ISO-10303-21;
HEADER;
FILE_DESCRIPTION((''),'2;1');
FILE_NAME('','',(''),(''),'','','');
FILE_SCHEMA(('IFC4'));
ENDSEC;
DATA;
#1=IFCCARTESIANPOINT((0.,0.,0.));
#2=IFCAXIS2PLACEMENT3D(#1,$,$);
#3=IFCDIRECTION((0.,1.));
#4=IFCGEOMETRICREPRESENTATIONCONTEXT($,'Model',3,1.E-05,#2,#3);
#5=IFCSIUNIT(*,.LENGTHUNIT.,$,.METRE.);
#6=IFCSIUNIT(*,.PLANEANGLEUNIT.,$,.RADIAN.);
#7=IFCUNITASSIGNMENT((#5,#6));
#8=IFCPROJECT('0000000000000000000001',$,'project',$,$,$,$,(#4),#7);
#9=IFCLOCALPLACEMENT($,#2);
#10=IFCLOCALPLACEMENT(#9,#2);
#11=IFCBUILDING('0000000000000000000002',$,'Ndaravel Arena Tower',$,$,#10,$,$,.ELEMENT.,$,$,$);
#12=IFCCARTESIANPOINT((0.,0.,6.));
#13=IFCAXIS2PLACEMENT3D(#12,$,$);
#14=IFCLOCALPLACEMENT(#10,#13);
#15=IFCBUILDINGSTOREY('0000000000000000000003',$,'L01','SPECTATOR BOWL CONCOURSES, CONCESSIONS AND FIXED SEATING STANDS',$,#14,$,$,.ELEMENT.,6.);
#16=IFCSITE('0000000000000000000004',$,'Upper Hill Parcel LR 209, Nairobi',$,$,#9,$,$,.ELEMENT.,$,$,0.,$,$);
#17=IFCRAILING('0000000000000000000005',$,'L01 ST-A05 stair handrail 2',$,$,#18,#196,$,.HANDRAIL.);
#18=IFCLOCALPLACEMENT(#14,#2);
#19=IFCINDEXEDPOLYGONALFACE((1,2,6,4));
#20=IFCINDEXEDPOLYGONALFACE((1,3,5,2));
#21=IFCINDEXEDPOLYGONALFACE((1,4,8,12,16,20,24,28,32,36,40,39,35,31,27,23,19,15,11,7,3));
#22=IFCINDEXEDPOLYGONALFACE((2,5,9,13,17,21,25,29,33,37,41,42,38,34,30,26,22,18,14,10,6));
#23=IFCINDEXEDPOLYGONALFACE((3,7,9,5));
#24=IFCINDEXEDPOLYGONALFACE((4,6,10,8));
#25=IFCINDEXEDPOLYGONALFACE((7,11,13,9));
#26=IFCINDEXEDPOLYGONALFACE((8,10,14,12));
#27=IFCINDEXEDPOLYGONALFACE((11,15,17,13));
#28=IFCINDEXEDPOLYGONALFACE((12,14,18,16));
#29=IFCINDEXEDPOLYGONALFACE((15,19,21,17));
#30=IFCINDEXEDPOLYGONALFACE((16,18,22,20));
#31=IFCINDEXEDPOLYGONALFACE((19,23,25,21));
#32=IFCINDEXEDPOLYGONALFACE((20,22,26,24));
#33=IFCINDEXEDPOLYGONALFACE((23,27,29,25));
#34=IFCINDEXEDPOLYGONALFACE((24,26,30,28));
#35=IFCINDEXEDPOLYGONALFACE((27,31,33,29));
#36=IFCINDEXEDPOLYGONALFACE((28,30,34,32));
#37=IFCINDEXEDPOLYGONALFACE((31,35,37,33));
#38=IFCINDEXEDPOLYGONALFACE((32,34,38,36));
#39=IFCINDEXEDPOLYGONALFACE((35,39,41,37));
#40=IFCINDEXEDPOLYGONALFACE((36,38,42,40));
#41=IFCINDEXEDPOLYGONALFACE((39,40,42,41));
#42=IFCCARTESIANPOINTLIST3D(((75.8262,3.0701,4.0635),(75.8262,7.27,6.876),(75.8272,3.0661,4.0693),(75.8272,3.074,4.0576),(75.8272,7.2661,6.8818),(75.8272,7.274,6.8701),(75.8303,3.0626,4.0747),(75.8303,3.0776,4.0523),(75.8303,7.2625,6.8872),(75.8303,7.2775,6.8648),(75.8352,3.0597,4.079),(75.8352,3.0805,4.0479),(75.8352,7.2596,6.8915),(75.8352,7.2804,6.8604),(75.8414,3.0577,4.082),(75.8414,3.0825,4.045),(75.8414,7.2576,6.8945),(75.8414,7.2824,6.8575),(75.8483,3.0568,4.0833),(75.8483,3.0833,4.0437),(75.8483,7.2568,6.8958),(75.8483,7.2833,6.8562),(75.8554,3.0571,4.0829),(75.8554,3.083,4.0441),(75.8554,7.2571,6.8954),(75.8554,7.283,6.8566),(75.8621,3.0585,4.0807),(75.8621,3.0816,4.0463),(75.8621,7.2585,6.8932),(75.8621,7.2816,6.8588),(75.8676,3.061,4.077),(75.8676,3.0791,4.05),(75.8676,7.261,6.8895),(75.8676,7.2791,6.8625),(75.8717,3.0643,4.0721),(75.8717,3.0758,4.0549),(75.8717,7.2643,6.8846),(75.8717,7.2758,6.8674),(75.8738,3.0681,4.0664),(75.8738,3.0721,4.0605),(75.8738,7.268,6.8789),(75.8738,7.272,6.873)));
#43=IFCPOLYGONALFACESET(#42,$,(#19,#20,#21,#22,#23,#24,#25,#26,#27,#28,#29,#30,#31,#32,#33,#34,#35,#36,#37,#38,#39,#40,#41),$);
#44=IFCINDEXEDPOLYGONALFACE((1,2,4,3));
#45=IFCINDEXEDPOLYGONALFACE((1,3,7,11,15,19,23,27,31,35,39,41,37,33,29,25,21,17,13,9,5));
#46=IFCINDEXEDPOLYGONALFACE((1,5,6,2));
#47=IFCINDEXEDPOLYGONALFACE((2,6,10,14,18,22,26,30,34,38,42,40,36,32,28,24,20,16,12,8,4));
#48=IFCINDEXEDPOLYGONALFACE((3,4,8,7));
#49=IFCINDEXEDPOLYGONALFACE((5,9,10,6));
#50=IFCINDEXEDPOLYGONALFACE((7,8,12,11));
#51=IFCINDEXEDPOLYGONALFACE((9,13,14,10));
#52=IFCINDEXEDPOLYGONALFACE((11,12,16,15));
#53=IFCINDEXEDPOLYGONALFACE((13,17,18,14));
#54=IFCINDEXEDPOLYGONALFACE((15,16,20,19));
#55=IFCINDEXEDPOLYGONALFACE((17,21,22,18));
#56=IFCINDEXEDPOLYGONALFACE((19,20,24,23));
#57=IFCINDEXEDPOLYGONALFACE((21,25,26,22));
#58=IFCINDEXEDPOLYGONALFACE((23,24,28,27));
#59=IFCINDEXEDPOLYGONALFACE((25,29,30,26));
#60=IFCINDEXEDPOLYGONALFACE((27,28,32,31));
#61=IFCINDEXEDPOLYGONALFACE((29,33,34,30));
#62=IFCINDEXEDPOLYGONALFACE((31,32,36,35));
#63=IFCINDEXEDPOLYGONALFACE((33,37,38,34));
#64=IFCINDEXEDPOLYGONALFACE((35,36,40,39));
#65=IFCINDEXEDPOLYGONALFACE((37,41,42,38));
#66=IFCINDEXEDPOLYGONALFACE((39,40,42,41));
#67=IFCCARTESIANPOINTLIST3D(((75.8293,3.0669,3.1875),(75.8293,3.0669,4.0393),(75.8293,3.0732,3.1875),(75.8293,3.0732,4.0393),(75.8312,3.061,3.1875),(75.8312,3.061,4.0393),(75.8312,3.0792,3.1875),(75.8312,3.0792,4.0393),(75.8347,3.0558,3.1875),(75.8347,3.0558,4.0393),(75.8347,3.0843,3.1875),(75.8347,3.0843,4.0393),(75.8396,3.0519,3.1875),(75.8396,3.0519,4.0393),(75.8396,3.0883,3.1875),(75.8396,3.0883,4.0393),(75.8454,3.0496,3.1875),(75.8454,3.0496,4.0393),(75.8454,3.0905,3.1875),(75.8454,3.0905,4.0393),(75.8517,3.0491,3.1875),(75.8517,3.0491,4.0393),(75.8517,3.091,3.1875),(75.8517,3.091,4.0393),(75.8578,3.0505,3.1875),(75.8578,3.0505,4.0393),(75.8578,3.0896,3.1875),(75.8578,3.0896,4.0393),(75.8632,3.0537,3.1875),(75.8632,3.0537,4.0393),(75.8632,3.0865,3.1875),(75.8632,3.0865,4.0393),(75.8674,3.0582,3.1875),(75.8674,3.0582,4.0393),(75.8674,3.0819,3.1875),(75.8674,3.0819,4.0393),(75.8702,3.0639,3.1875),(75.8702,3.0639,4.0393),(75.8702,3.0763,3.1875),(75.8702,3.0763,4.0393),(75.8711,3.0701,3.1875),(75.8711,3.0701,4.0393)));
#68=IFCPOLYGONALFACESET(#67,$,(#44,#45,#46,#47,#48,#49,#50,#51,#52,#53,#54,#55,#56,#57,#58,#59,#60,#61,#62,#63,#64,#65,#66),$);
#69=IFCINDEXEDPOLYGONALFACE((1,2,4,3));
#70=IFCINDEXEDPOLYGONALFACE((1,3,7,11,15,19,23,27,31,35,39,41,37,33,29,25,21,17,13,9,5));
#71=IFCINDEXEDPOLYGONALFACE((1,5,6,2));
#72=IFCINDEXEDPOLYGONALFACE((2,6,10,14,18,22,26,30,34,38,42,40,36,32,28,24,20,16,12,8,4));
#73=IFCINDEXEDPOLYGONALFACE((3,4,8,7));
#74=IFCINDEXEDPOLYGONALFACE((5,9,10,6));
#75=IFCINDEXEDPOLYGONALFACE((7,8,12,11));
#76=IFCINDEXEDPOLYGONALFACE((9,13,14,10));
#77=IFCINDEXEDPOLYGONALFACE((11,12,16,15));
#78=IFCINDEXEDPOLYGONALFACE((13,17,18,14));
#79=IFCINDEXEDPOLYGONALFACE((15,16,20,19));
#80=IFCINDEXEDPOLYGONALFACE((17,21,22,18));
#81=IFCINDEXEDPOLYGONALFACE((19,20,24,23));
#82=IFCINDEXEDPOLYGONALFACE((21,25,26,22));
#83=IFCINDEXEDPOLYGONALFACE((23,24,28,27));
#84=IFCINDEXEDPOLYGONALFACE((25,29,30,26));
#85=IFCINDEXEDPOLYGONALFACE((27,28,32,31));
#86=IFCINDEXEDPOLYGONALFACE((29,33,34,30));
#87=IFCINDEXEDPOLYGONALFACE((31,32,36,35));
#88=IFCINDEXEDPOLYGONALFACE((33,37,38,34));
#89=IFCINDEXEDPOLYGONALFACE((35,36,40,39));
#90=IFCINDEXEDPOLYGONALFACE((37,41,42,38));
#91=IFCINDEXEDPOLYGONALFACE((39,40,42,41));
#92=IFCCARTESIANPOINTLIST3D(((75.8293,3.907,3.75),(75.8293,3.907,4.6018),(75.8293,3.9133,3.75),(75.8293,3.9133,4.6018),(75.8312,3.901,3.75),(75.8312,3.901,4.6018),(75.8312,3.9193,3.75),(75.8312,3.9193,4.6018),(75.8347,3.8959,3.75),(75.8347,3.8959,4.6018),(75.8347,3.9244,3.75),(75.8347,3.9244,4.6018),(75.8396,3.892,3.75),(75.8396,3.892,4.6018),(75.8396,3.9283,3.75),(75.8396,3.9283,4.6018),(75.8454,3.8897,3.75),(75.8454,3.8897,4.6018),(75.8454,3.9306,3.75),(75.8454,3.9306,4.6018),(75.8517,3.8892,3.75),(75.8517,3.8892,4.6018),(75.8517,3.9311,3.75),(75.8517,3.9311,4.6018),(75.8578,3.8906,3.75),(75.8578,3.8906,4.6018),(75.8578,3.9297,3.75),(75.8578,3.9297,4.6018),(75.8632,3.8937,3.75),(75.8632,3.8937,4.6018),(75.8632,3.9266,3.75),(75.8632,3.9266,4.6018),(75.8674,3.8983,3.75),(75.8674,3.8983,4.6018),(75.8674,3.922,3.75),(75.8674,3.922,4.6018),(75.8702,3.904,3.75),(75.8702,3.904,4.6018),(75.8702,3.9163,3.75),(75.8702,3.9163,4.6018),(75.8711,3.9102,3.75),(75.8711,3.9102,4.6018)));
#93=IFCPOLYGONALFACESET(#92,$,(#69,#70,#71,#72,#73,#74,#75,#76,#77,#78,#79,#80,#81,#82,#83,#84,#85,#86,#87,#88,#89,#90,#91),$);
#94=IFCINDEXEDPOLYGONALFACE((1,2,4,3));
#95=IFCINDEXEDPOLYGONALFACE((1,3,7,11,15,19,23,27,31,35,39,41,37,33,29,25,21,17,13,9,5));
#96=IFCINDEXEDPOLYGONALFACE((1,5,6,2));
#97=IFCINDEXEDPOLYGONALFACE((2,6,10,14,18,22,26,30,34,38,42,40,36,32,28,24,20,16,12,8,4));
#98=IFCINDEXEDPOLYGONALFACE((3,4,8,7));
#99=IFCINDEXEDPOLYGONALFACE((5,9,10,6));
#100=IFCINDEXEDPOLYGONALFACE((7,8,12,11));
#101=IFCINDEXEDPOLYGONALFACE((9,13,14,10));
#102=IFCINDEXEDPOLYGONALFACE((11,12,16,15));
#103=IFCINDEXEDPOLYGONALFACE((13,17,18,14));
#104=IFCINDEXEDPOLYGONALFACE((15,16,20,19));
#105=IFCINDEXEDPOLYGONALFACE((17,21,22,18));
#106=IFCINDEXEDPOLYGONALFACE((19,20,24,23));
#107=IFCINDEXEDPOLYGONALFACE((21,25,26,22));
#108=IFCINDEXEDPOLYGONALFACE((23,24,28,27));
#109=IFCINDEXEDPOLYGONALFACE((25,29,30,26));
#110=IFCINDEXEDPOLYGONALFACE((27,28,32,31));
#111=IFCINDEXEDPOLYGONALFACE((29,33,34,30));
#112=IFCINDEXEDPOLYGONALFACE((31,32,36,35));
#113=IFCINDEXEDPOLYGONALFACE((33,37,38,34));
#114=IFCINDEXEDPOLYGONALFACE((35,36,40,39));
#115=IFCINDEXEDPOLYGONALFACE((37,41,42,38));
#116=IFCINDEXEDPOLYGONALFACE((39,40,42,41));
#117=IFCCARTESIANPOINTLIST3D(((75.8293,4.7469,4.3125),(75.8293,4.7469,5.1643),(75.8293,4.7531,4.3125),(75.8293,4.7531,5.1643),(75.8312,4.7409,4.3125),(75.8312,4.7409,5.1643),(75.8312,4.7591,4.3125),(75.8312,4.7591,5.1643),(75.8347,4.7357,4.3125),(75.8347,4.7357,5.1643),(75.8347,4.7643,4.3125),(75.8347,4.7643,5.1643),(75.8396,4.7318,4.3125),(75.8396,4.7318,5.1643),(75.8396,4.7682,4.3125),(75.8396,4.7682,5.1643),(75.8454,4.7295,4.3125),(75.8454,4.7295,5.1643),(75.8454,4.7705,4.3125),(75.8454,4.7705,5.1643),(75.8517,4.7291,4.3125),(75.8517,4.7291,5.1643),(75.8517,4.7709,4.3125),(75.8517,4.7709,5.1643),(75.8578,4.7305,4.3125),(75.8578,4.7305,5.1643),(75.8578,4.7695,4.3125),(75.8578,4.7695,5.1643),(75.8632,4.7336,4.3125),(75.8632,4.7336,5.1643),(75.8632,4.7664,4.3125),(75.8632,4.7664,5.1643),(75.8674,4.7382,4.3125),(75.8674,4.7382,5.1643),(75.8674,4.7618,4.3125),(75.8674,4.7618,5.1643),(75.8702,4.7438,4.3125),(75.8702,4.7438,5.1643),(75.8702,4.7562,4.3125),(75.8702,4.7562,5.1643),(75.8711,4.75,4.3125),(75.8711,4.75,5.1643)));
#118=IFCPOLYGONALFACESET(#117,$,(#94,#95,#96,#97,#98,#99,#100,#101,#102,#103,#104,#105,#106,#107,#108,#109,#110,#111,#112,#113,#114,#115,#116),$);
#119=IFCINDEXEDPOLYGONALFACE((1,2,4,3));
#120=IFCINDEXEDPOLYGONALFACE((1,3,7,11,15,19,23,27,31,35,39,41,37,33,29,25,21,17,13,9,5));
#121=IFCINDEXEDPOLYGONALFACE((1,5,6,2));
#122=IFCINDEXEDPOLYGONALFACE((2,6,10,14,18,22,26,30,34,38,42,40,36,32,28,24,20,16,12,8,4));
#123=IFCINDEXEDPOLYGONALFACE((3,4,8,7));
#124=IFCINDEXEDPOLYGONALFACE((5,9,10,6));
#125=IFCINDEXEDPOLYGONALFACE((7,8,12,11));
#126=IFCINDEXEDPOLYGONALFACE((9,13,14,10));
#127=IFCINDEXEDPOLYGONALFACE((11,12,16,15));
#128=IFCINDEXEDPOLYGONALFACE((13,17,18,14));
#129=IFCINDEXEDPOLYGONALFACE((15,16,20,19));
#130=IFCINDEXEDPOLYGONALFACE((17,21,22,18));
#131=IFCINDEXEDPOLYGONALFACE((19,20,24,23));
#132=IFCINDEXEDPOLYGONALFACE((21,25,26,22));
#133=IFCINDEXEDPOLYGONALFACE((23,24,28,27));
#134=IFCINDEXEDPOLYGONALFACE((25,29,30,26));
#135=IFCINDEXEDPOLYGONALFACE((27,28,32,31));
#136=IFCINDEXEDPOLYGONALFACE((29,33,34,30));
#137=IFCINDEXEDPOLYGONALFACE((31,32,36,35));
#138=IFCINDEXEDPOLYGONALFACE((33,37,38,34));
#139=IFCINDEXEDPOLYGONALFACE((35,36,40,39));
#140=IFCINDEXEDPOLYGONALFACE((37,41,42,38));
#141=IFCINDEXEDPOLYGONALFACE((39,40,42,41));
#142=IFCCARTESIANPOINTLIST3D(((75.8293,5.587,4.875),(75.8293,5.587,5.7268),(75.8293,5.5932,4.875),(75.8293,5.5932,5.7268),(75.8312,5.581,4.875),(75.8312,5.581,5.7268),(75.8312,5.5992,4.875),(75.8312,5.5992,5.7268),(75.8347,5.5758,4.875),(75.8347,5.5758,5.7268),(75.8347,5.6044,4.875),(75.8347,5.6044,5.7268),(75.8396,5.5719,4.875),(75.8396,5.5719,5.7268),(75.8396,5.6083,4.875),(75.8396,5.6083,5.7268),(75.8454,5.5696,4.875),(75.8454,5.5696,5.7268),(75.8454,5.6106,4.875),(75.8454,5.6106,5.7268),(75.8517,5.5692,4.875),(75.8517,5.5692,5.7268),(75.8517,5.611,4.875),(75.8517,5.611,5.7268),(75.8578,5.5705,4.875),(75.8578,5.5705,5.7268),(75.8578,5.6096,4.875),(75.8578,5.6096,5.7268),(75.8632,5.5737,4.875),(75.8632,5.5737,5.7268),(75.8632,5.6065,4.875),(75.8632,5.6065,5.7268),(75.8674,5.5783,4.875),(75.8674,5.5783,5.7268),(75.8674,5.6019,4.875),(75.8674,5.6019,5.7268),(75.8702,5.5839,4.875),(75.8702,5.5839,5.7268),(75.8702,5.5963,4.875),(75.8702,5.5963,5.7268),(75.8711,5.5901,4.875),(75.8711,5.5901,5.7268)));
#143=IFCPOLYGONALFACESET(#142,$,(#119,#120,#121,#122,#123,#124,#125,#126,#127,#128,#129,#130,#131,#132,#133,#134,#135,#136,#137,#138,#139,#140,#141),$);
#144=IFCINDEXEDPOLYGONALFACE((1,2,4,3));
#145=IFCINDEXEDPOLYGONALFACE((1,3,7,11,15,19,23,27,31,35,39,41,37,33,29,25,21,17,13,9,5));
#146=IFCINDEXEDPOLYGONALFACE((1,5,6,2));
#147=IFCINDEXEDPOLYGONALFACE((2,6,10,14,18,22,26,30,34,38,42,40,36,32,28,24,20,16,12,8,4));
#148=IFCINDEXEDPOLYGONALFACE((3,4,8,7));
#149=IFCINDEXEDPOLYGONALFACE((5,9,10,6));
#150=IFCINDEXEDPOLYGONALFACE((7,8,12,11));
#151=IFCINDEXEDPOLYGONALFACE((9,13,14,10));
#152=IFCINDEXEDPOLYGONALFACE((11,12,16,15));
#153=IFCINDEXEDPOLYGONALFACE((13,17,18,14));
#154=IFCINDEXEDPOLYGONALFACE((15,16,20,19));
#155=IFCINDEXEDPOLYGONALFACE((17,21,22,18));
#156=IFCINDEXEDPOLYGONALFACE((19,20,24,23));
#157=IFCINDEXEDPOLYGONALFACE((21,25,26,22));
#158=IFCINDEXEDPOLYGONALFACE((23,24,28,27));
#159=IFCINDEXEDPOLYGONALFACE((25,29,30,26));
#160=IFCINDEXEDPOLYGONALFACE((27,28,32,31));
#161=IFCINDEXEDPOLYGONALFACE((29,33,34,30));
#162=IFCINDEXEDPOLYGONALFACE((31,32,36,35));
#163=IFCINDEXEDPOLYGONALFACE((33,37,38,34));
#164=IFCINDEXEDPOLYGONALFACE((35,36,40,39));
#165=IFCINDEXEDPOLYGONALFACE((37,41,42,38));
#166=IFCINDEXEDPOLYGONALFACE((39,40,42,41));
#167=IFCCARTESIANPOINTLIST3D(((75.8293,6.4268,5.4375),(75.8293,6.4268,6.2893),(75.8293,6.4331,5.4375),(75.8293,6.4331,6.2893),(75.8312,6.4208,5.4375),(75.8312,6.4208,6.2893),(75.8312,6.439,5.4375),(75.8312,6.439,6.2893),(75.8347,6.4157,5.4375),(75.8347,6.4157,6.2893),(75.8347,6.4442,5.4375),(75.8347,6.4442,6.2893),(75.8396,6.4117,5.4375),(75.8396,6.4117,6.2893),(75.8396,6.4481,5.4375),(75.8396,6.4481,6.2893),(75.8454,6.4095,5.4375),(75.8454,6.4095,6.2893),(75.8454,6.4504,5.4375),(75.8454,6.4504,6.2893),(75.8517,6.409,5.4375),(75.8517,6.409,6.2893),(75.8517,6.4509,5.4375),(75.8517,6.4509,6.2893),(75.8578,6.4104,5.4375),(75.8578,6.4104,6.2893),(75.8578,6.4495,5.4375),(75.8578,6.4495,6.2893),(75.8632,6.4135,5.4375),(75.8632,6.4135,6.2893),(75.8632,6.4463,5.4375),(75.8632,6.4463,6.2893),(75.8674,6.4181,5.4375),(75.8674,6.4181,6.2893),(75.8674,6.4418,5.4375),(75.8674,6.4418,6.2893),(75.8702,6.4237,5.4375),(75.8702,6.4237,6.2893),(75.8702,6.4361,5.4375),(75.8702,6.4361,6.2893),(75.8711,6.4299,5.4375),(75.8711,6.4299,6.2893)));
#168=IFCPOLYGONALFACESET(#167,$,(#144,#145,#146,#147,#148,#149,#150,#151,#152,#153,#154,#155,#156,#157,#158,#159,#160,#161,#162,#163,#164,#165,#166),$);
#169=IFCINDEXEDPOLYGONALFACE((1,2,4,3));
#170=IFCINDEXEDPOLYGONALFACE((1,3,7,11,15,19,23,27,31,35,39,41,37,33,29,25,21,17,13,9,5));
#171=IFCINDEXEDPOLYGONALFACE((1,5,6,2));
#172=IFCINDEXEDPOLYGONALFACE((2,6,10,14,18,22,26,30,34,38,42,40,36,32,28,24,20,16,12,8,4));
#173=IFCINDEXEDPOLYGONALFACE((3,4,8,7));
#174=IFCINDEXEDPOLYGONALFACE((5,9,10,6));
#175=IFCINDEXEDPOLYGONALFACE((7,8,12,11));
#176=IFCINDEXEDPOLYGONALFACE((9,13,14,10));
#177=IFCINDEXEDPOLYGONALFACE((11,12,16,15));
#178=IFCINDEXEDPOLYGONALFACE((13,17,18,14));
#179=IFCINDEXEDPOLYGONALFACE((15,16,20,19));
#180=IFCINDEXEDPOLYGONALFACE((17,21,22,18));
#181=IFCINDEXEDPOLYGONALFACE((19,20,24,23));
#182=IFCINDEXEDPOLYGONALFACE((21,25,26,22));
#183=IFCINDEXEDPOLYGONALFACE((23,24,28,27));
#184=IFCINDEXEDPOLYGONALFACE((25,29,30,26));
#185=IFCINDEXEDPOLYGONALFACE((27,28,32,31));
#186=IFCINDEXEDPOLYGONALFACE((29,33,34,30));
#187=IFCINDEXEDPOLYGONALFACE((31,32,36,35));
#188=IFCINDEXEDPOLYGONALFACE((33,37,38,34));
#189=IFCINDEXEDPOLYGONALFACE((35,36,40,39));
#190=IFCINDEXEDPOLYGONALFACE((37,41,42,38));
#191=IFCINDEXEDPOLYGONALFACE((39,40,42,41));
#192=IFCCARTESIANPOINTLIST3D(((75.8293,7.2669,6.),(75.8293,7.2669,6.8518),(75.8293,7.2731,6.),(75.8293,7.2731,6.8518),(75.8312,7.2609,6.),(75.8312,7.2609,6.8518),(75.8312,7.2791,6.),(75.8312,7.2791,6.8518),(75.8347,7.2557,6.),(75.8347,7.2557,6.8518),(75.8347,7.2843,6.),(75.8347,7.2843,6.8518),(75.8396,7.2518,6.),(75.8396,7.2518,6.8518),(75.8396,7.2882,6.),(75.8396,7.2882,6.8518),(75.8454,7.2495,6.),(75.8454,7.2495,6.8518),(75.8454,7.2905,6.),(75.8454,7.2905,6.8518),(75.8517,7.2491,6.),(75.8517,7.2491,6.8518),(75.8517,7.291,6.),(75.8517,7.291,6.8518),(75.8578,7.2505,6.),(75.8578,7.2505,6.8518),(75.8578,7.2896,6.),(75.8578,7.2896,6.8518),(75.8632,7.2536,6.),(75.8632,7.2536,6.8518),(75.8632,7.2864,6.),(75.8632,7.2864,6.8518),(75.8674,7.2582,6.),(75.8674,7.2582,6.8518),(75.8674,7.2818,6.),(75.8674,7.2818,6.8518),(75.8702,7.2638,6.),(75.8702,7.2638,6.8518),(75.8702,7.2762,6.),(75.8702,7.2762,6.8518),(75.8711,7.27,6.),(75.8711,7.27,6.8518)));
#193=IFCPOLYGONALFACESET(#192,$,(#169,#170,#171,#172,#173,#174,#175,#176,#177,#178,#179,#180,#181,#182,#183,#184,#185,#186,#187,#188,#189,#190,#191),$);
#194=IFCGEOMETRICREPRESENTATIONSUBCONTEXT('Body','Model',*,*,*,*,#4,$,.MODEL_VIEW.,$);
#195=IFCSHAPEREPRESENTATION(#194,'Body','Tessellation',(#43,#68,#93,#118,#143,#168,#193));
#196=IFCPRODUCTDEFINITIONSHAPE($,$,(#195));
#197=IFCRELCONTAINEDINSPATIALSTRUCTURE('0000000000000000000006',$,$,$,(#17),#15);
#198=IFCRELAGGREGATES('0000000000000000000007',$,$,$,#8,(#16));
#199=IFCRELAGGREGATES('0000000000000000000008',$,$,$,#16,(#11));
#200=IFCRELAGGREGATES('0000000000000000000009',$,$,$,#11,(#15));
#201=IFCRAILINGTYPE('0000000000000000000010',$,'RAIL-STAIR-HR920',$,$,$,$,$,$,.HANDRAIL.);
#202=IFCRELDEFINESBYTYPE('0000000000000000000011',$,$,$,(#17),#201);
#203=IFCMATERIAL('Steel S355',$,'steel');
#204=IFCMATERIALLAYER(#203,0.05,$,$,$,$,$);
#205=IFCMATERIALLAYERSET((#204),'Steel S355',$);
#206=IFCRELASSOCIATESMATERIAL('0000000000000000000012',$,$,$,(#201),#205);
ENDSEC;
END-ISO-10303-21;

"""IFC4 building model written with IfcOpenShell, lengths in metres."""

from ifc_helpers import new_model, si_unit, direction, frame, origin, origin_2d, place, context, subcontext, project, spatial, circle, extrude, material, layer, layer_set, type_object, element, save


model = new_model("IFC4")

# Units and contexts
model_context = context("Model", 3, precision=1e-05, world=origin(), true_north=direction((0.0, 1.0)))
body_context = subcontext(model_context, "Body", "Model", "MODEL_VIEW")
ifc_project = project(units=[si_unit("LENGTHUNIT", "METRE"), si_unit("PLANEANGLEUNIT", "RADIAN")], contexts=[model_context])

# Site, building, storey
site_placement = place(None, origin())
site = spatial("IfcSite", under=ifc_project, at=site_placement, Name="Upper Hill Parcel LR 209, Nairobi", CompositionType="ELEMENT", RefElevation=0.0)
building_placement = place(site_placement, origin())
building = spatial("IfcBuilding", under=site, at=building_placement, Name="Ndaravel Arena Tower", CompositionType="ELEMENT")
storey_placement = place(building_placement, frame((0.0, 0.0, 6.0)))
storey = spatial("IfcBuildingStorey", under=building, at=storey_placement, Name="L01", Description="SPECTATOR BOWL CONCOURSES, CONCESSIONS AND FIXED SEATING STANDS", CompositionType="ELEMENT", Elevation=6.0)

# Railing
ifc_material_1 = material(Name="Steel S355", Category="steel")
ifc_layer_1 = layer(ifc_material_1, 0.05)
ifc_layer_set_1 = layer_set([ifc_layer_1], Name="Steel S355")
railing_type_1 = type_object("IfcRailingType", Name="RAIL-STAIR-HR920", PredefinedType="HANDRAIL", material=ifc_layer_set_1)
railing_1_placement = place(storey_placement, frame((75.8501, 3.0701, 3.1875)))
element("IfcRailing", 1, at=railing_1_placement, inside=storey, type_object=railing_type_1, Name="L01 ST-A05 stair handrail 2", PredefinedType="HANDRAIL", context=body_context, shape_type="SweptSolid", body=[
    extrude(circle(Radius=0.0239, at=origin_2d()), frame((0.0, 0.0, 0.876), z_axis=(0.0, 0.830904, 0.556416), x_axis=(-1.0, 0.0, 0.0)), (0.0, 0.0, 1.0), 5.0547),
    extrude(circle(Radius=0.021, at=origin_2d()), origin(), (0.0, 0.0, 1.0), 0.8518),
    extrude(circle(Radius=0.021, at=origin_2d()), frame((0.0, 0.8401, 0.5625)), (0.0, 0.0, 1.0), 0.8518),
    extrude(circle(Radius=0.021, at=origin_2d()), frame((0.0, 1.6799, 1.125)), (0.0, 0.0, 1.0), 0.8518),
    extrude(circle(Radius=0.021, at=origin_2d()), frame((0.0, 2.52, 1.6875)), (0.0, 0.0, 1.0), 0.8518),
    extrude(circle(Radius=0.021, at=origin_2d()), frame((0.0, 3.3599, 2.25)), (0.0, 0.0, 1.0), 0.8518),
    extrude(circle(Radius=0.021, at=origin_2d()), frame((0.0, 4.2, 2.8125)), (0.0, 0.0, 1.0), 0.8518),
])

save(model, "model.ifc")
